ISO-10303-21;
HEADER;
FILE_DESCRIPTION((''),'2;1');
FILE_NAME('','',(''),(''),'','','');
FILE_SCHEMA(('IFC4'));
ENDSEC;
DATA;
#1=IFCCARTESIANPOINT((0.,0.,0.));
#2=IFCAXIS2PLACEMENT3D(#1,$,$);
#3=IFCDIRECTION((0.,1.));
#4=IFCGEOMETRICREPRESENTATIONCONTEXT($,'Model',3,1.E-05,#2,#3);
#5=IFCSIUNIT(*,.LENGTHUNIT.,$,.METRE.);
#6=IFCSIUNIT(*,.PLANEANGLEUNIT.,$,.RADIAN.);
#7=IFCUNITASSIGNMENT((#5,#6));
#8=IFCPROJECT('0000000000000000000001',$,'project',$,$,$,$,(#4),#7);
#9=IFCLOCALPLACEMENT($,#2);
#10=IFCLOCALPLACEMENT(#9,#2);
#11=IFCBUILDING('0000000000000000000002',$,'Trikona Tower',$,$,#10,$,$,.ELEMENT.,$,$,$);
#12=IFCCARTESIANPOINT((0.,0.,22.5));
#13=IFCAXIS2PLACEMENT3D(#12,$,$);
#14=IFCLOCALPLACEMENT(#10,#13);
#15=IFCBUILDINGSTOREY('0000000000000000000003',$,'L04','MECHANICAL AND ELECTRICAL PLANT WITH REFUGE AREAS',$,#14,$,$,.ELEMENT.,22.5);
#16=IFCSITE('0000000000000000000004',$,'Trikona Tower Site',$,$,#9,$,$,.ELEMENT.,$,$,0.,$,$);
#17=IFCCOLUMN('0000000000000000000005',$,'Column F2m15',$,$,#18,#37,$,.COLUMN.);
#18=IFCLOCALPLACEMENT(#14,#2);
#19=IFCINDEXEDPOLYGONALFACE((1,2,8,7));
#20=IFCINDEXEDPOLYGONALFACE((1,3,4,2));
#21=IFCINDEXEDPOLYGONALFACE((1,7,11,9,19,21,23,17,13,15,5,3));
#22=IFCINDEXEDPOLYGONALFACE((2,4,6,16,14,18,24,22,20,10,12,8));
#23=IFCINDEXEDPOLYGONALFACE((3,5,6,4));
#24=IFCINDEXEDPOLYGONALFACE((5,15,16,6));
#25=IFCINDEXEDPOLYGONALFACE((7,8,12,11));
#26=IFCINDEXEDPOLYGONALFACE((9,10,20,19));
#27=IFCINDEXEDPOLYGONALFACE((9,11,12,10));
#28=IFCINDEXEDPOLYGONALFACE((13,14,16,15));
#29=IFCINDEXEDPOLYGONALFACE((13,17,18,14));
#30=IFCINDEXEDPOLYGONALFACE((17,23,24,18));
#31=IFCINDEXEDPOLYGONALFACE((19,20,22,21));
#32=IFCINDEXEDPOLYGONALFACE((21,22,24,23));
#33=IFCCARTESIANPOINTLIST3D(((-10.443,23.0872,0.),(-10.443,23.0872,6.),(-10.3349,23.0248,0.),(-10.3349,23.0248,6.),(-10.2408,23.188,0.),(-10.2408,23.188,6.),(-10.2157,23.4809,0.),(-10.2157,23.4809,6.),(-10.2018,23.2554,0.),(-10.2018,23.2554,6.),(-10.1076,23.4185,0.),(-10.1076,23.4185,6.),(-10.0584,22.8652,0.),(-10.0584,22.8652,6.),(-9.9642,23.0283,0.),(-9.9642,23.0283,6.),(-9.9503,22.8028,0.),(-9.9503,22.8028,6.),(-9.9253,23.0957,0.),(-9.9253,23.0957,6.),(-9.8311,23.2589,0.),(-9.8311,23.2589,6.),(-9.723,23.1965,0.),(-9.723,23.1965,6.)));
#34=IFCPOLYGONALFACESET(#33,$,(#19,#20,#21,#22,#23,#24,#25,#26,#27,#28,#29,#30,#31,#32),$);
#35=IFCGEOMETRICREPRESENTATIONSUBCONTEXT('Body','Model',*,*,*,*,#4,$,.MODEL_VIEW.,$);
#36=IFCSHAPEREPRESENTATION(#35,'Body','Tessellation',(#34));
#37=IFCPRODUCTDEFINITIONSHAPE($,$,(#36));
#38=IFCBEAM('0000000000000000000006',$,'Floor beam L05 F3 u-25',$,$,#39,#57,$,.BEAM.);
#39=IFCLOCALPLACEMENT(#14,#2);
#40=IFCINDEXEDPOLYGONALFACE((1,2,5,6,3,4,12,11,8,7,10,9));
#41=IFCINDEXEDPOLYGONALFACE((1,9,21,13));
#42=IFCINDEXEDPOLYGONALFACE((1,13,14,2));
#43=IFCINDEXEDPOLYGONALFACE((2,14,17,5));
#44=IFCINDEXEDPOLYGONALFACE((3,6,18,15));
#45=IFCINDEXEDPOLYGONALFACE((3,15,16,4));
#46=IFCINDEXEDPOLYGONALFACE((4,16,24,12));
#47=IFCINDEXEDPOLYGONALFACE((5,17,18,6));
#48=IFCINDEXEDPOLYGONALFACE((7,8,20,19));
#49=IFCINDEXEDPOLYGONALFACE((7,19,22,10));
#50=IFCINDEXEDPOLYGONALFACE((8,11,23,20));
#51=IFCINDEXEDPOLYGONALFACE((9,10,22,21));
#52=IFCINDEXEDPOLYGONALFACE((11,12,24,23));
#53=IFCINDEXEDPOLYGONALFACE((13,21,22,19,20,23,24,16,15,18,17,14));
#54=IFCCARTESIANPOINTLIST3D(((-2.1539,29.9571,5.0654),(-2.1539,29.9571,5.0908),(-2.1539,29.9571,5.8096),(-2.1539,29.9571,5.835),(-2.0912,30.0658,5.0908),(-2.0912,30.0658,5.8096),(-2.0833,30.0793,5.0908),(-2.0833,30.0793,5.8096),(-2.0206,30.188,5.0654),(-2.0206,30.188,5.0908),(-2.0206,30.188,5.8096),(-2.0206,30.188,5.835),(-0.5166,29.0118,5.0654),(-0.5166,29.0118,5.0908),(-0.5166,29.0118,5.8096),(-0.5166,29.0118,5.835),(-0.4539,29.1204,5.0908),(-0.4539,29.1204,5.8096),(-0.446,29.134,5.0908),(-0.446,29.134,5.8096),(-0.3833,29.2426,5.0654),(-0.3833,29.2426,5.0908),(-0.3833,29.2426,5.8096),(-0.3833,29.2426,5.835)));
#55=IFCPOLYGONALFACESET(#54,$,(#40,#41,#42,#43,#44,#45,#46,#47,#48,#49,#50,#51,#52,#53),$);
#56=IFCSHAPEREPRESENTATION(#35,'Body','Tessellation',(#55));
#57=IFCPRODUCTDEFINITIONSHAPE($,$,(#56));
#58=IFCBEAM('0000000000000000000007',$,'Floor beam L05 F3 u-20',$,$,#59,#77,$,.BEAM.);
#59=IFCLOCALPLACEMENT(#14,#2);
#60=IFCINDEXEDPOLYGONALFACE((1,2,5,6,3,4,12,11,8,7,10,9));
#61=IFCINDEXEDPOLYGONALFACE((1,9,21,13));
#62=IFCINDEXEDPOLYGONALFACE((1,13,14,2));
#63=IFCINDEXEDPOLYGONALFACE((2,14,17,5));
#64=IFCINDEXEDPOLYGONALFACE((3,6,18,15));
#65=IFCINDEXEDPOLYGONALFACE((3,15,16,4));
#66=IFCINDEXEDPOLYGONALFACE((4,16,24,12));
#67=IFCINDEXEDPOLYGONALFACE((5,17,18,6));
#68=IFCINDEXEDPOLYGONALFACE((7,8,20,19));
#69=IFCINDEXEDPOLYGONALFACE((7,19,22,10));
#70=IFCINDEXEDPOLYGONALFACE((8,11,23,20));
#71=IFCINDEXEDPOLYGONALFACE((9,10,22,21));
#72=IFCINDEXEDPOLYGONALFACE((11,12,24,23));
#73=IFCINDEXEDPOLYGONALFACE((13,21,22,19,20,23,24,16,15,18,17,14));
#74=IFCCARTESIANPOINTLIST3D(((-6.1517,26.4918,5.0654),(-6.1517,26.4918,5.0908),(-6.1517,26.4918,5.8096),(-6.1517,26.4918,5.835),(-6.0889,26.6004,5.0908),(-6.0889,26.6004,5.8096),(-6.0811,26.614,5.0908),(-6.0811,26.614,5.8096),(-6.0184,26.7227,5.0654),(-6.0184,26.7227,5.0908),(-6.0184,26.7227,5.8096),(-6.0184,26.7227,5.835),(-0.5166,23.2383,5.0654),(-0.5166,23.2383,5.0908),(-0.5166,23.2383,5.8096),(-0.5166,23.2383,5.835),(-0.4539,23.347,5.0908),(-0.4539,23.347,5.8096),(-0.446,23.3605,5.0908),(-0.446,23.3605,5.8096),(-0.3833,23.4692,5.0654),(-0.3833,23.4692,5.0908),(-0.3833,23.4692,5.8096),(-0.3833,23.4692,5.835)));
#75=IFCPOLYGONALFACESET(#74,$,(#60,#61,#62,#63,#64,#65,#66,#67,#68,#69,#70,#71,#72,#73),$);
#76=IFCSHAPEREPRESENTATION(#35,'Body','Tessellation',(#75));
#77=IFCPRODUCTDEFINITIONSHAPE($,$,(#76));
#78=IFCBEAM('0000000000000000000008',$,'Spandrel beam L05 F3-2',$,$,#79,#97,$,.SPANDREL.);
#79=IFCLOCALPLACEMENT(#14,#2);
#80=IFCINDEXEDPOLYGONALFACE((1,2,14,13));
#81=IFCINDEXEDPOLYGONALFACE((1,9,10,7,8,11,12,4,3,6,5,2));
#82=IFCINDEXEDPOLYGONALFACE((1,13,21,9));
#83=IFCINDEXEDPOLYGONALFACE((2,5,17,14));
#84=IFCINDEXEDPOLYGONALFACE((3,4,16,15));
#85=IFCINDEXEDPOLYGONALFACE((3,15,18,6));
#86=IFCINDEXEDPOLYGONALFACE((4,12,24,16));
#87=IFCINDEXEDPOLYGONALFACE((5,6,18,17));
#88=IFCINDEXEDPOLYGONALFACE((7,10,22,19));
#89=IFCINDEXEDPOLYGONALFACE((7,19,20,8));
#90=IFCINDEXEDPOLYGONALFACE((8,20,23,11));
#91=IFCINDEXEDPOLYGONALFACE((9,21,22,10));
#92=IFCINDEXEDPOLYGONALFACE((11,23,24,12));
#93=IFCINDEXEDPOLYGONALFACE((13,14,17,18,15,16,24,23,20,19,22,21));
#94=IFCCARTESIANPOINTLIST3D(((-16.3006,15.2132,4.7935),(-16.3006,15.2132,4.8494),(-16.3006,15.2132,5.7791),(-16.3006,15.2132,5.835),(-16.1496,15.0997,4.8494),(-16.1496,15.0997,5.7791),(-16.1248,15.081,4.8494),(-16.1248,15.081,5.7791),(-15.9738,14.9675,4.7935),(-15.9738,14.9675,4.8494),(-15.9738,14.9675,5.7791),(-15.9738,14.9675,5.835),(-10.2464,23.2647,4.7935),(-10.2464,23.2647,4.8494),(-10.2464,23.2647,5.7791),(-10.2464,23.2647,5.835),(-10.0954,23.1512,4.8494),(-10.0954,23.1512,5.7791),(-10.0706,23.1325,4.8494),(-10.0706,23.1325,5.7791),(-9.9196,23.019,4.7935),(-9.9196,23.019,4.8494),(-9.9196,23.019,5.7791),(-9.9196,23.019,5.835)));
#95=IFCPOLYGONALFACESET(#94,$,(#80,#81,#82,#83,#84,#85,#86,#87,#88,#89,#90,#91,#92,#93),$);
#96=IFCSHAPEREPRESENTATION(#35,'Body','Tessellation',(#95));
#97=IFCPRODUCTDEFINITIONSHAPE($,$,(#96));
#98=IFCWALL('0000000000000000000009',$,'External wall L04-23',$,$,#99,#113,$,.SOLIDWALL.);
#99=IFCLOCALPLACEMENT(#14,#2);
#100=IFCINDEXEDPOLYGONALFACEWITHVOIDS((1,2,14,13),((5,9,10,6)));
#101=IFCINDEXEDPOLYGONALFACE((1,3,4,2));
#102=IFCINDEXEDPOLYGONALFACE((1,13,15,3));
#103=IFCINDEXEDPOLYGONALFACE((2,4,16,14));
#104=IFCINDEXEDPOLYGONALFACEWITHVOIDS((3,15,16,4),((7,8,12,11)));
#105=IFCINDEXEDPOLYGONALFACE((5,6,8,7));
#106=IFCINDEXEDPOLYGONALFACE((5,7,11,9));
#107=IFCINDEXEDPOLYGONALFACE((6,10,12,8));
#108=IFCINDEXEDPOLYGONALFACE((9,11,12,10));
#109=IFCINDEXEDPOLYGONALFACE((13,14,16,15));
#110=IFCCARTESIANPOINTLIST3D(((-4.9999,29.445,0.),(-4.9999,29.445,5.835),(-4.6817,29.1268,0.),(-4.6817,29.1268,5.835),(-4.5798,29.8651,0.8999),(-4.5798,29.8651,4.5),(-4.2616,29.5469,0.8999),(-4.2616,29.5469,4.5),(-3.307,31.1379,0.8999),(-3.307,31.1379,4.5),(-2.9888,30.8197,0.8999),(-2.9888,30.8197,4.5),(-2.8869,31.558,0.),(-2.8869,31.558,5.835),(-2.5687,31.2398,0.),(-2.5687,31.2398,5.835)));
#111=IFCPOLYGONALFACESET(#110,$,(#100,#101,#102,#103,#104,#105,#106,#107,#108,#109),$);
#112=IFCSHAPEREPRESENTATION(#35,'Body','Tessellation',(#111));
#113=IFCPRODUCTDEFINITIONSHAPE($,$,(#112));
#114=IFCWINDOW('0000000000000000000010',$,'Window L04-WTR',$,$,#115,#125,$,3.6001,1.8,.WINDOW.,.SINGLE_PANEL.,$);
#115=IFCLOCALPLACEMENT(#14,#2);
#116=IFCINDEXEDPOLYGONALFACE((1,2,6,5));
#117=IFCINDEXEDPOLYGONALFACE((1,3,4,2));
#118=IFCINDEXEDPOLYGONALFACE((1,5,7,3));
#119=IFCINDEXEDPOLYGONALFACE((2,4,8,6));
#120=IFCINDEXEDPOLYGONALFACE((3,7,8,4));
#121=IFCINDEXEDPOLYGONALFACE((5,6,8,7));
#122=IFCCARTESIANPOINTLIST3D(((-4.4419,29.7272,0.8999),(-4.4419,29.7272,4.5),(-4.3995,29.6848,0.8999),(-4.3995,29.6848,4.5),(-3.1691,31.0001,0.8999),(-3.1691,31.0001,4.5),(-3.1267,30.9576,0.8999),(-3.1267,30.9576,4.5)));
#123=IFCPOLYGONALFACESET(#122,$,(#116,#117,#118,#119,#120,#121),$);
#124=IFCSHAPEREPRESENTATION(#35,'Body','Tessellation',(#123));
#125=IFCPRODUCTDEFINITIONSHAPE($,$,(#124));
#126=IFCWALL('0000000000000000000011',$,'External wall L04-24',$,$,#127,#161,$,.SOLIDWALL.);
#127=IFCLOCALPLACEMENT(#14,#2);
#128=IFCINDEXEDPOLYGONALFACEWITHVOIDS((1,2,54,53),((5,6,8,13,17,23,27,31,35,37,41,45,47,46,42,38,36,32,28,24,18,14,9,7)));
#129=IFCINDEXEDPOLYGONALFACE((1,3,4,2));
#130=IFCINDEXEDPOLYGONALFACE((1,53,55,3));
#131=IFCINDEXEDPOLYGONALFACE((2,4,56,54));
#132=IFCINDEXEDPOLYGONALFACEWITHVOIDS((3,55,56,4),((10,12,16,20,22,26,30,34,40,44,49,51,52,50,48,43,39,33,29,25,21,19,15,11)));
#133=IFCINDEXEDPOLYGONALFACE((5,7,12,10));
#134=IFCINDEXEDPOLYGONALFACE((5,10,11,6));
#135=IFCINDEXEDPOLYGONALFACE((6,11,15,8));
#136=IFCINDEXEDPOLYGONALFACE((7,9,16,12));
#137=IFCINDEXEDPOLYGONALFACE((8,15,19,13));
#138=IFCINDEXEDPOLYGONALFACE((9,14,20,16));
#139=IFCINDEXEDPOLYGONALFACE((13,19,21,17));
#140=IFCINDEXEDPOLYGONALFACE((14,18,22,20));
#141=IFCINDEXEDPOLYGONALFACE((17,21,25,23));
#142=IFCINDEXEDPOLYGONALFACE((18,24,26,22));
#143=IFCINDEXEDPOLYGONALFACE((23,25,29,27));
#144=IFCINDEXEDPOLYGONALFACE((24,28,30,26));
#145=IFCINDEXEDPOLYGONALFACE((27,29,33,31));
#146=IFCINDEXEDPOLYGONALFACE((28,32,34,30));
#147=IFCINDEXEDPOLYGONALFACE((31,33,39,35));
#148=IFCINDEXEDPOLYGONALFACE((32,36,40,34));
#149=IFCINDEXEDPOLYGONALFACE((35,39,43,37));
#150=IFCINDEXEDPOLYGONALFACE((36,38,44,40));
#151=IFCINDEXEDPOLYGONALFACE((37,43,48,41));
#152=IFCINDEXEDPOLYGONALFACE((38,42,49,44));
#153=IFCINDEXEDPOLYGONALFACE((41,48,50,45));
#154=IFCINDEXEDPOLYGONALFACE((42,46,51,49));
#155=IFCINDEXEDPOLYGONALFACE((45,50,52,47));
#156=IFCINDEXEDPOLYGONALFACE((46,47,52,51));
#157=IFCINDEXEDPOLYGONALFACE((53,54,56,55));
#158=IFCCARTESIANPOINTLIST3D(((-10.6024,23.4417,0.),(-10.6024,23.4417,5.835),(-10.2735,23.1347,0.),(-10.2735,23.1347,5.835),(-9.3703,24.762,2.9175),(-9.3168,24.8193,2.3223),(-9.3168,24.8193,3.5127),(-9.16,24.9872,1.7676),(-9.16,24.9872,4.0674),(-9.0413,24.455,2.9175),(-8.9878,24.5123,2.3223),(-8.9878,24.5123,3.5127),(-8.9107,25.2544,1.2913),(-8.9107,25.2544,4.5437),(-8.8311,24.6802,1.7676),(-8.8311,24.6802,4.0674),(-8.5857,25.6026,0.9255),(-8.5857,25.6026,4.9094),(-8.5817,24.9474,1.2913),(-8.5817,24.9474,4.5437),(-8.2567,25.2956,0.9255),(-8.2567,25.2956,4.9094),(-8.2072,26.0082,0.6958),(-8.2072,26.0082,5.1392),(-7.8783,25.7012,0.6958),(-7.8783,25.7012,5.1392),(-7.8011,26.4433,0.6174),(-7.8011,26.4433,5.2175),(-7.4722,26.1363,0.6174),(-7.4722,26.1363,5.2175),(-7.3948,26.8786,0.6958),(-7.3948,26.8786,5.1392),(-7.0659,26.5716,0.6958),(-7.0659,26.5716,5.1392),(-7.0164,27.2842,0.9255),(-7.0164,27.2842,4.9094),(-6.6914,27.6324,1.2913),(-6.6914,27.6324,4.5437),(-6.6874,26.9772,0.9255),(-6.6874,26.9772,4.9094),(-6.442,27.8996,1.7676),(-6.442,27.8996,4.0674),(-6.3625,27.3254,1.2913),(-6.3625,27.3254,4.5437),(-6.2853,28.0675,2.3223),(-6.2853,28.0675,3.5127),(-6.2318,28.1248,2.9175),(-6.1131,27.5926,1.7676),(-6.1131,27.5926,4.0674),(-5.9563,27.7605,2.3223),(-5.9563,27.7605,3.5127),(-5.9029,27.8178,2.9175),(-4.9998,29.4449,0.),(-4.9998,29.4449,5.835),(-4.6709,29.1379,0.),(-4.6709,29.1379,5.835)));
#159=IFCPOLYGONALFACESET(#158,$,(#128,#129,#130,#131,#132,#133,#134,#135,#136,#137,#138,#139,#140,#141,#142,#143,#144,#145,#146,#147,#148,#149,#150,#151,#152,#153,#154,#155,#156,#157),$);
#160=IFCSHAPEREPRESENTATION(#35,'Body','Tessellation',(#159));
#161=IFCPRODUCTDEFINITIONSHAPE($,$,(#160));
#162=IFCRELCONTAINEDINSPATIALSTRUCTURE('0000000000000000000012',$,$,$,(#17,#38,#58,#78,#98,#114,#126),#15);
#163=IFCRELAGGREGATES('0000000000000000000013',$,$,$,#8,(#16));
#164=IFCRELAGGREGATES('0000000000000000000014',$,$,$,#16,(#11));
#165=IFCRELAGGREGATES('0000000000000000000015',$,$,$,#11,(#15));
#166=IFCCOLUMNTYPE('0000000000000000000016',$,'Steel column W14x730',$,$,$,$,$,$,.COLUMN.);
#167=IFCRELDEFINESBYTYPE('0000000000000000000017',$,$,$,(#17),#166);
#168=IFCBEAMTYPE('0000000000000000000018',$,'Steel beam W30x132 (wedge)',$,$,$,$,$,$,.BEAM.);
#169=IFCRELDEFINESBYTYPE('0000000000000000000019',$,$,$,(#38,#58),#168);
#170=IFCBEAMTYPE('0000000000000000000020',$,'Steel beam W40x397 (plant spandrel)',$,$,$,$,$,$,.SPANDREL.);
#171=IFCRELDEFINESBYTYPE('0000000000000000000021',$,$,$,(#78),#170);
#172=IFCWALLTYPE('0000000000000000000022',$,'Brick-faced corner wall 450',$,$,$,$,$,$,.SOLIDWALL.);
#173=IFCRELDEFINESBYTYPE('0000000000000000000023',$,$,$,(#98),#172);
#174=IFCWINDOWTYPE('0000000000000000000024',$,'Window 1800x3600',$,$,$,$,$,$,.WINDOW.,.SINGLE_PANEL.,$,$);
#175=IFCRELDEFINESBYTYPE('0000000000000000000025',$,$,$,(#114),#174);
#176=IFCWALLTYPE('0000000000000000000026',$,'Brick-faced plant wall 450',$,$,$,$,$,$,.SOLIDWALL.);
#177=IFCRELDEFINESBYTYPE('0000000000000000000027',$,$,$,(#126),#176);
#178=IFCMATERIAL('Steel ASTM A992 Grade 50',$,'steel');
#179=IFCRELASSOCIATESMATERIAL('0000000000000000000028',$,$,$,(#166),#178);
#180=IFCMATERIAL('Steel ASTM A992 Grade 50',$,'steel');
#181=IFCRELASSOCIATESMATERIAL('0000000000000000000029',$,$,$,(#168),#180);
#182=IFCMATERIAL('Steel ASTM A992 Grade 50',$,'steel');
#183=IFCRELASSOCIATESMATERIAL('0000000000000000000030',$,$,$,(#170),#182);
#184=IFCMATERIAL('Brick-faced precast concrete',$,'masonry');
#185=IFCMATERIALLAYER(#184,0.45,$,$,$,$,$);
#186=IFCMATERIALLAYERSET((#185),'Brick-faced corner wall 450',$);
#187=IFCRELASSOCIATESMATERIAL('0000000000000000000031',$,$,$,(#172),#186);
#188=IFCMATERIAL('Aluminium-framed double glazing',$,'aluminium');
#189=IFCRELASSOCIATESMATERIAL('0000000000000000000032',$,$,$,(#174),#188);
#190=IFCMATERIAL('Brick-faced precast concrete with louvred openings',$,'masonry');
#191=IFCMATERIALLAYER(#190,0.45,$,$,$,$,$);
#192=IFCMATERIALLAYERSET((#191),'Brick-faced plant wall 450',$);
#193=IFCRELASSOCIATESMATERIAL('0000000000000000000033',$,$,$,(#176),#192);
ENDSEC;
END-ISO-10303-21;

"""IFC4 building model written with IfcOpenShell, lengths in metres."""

from ifc_helpers import new_model, si_unit, direction, frame, frame_2d, origin, origin_2d, place, context, subcontext, project, spatial, polyline, rectangle, i_section, outline, extrude, material, layer, layer_set, material_profile, profile_set, type_object, element, fill, save


model = new_model("IFC4")

# Units and contexts
model_context = context("Model", 3, precision=1e-05, world=origin(), true_north=direction((0.0, 1.0)))
body_context = subcontext(model_context, "Body", "Model", "MODEL_VIEW")
ifc_project = project(units=[si_unit("LENGTHUNIT", "METRE"), si_unit("PLANEANGLEUNIT", "RADIAN")], contexts=[model_context])

# Site, building, storey
site_placement = place(None, origin())
site = spatial("IfcSite", under=ifc_project, at=site_placement, Name="Trikona Tower Site", CompositionType="ELEMENT", RefElevation=0.0)
building_placement = place(site_placement, origin())
building = spatial("IfcBuilding", under=site, at=building_placement, Name="Trikona Tower", CompositionType="ELEMENT")
storey_placement = place(building_placement, frame((0.0, 0.0, 22.5)))
storey = spatial("IfcBuildingStorey", under=building, at=storey_placement, Name="L04", Description="MECHANICAL AND ELECTRICAL PLANT WITH REFUGE AREAS", CompositionType="ELEMENT", Elevation=22.5)

# Column
ifc_material_1 = material(Name="Steel ASTM A992 Grade 50", Category="steel")
ifc_material_profile_1 = material_profile(ifc_material_1, i_section(OverallWidth=0.4546, OverallDepth=0.5688, WebThickness=0.0779, FlangeThickness=0.1248, at=origin_2d()), Name="W14X730")
ifc_profile_set_1 = profile_set([ifc_material_profile_1], Name="Steel ASTM A992 Grade 50")
column_type = type_object("IfcColumnType", Name="Steel column W14x730", PredefinedType="COLUMN", material=ifc_profile_set_1)
column_placement = place(storey_placement, frame((-10.083, 23.1418, 0.0), z_axis=(0.0, 0.0, 1.0), x_axis=(-0.5, -0.866025, 0.0)))
element("IfcColumn", 1, at=column_placement, inside=storey, type_object=column_type, Name="Column F2m15", PredefinedType="COLUMN", context=body_context, shape_type="SweptSolid", body=[
    extrude(i_section(OverallWidth=0.4546, OverallDepth=0.5688, WebThickness=0.0779, FlangeThickness=0.1248, at=origin_2d()), origin(), (0.0, 0.0, 1.0), 6.0),
])

# Beams
ifc_material_2 = material(Name="Steel ASTM A992 Grade 50", Category="steel")
ifc_material_profile_2 = material_profile(ifc_material_2, i_section(OverallWidth=0.2666, OverallDepth=0.7695, WebThickness=0.0156, FlangeThickness=0.0254, at=origin_2d()), Name="W30X132")
ifc_profile_set_2 = profile_set([ifc_material_profile_2], Name="Steel ASTM A992 Grade 50")
beam_type_1 = type_object("IfcBeamType", Name="Steel beam W30x132 (wedge)", PredefinedType="BEAM", material=ifc_profile_set_2)
beam_1_placement = place(storey_placement, frame((-0.45, 29.1272, 5.4502), z_axis=(-0.866009, 0.500028, 0.0), x_axis=(-0.500028, -0.866009, 0.0)))
element("IfcBeam", 2, at=beam_1_placement, inside=storey, type_object=beam_type_1, Name="Floor beam L05 F3 u-25", PredefinedType="BEAM", context=body_context, shape_type="SweptSolid", body=[
    extrude(i_section(OverallWidth=0.2666, OverallDepth=0.7695, WebThickness=0.0156, FlangeThickness=0.0254, at=origin_2d()), origin(), (0.0, 0.0, 1.0), 1.8906),
])
beam_2_placement = place(storey_placement, frame((-0.45, 23.3538, 5.4502), z_axis=(-0.866023, 0.500005, 0.0), x_axis=(-0.500005, -0.866023, 0.0)))
element("IfcBeam", 3, at=beam_2_placement, inside=storey, type_object=beam_type_1, Name="Floor beam L05 F3 u-20", PredefinedType="BEAM", context=body_context, shape_type="SweptSolid", body=[
    extrude(i_section(OverallWidth=0.2666, OverallDepth=0.7695, WebThickness=0.0156, FlangeThickness=0.0254, at=origin_2d()), origin(), (0.0, 0.0, 1.0), 6.5068),
])
ifc_material_3 = material(Name="Steel ASTM A992 Grade 50", Category="steel")
ifc_material_profile_3 = material_profile(ifc_material_3, i_section(OverallWidth=0.4089, OverallDepth=1.0415, WebThickness=0.031, FlangeThickness=0.0559, at=origin_2d()), Name="W40X397")
ifc_profile_set_3 = profile_set([ifc_material_profile_3], Name="Steel ASTM A992 Grade 50")
beam_type_2 = type_object("IfcBeamType", Name="Steel beam W40x397 (plant spandrel)", PredefinedType="SPANDREL", material=ifc_profile_set_3)
beam_3_placement = place(storey_placement, frame((-10.083, 23.1418, 5.3142), z_axis=(-0.600988, -0.799258, 0.0), x_axis=(0.799258, -0.600988, 0.0)))
element("IfcBeam", 4, at=beam_3_placement, inside=storey, type_object=beam_type_2, Name="Spandrel beam L05 F3-2", PredefinedType="SPANDREL", context=body_context, shape_type="SweptSolid", body=[
    extrude(i_section(OverallWidth=0.4089, OverallDepth=1.0415, WebThickness=0.031, FlangeThickness=0.0559, at=origin_2d()), origin(), (0.0, 0.0, 1.0), 10.0737),
])

# Wall, opening, window
ifc_material_4 = material(Name="Brick-faced precast concrete", Category="masonry")
ifc_layer_1 = layer(ifc_material_4, 0.45)
ifc_layer_set_1 = layer_set([ifc_layer_1], Name="Brick-faced corner wall 450")
wall_type_1 = type_object("IfcWallType", Name="Brick-faced corner wall 450", PredefinedType="SOLIDWALL", material=ifc_layer_set_1)
wall_1_placement = place(storey_placement, frame((-2.7278, 31.3989, 0.0), z_axis=(0.0, 0.0, 1.0), x_axis=(-0.707107, -0.707107, 0.0)))
wall_1 = element("IfcWall", 5, at=wall_1_placement, inside=storey, type_object=wall_type_1, Name="External wall L04-23", PredefinedType="SOLIDWALL", context=body_context, shape_type="SweptSolid", body=[
    extrude(rectangle(XDim=2.9883, YDim=0.45, at=frame_2d((1.4941, 0.0))), origin(), (0.0, 0.0, 1.0), 5.835),
])
opening_1_placement = place(wall_1_placement, frame((0.5942, 0.0, 0.8999)))
opening_1 = element("IfcOpeningElement", 6, at=opening_1_placement, cuts=wall_1, PredefinedType="OPENING", context=body_context, shape_type="SweptSolid", body=[
    extrude(rectangle(XDim=1.8, YDim=3.6001, at=frame_2d((0.8999, 1.8))), frame((0.0, 0.2349, 0.0), z_axis=(0.0, -1.0, 0.0), x_axis=(1.0, 0.0, 0.0)), (0.0, 0.0, 1.0), 0.47),
])
ifc_material_5 = material(Name="Aluminium-framed double glazing", Category="aluminium")
window_type = type_object("IfcWindowType", Name="Window 1800x3600", PartitioningType="SINGLE_PANEL", PredefinedType="WINDOW", material=ifc_material_5)
window_placement = place(opening_1_placement, origin())
window = element("IfcWindow", 7, at=window_placement, inside=storey, type_object=window_type, Name="Window L04-WTR", OverallHeight=3.6001, OverallWidth=1.8, PartitioningType="SINGLE_PANEL", PredefinedType="WINDOW", context=body_context, shape_type="SweptSolid", body=[
    extrude(rectangle(XDim=1.8, YDim=3.6001, at=frame_2d((0.8999, 1.8))), frame((0.0, 0.03, 0.0), z_axis=(0.0, -1.0, 0.0), x_axis=(1.0, 0.0, 0.0)), (0.0, 0.0, 1.0), 0.0601),
])
fill(opening_1, window)

# Wall
ifc_material_6 = material(Name="Brick-faced precast concrete with louvred openings", Category="masonry")
ifc_layer_2 = layer(ifc_material_6, 0.45)
ifc_layer_set_2 = layer_set([ifc_layer_2], Name="Brick-faced plant wall 450")
wall_type_2 = type_object("IfcWallType", Name="Brick-faced plant wall 450", PredefinedType="SOLIDWALL", material=ifc_layer_set_2)
wall_2_placement = place(storey_placement, frame((-4.8354, 29.2915, 0.0), z_axis=(0.0, 0.0, 1.0), x_axis=(-0.682291, -0.731081, 0.0)))
element("IfcWall", 8, at=wall_2_placement, inside=storey, type_object=wall_type_2, Name="External wall L04-24", PredefinedType="SOLIDWALL", context=body_context, shape_type="SweptSolid", body=[
    extrude(outline(polyline([(0.0, 0.0), (8.2114, 0.0), (8.2114, 5.835), (0.0, 5.835), (0.0, 0.0)]), holes=[polyline([(6.4055, 2.9175), (6.3271, 3.5127), (6.0974, 4.0674), (5.7319, 4.5437), (5.2556, 4.9094), (4.7009, 5.1392), (4.1057, 5.2175), (3.5103, 5.1392), (2.9556, 4.9094), (2.4792, 4.5437), (2.1138, 4.0674), (1.884, 3.5127), (1.8057, 2.9175), (1.884, 2.3223), (2.1138, 1.7676), (2.4792, 1.2913), (2.9556, 0.9255), (3.5103, 0.6958), (4.1057, 0.6174), (4.7009, 0.6958), (5.2556, 0.9255), (5.7319, 1.2913), (6.0974, 1.7676), (6.3271, 2.3223), (6.4055, 2.9175)])]), frame((0.0, 0.2251, 0.0), z_axis=(0.0, -1.0, 0.0), x_axis=(1.0, 0.0, 0.0)), (0.0, 0.0, 1.0), 0.45),
])

save(model, "model.ifc")
